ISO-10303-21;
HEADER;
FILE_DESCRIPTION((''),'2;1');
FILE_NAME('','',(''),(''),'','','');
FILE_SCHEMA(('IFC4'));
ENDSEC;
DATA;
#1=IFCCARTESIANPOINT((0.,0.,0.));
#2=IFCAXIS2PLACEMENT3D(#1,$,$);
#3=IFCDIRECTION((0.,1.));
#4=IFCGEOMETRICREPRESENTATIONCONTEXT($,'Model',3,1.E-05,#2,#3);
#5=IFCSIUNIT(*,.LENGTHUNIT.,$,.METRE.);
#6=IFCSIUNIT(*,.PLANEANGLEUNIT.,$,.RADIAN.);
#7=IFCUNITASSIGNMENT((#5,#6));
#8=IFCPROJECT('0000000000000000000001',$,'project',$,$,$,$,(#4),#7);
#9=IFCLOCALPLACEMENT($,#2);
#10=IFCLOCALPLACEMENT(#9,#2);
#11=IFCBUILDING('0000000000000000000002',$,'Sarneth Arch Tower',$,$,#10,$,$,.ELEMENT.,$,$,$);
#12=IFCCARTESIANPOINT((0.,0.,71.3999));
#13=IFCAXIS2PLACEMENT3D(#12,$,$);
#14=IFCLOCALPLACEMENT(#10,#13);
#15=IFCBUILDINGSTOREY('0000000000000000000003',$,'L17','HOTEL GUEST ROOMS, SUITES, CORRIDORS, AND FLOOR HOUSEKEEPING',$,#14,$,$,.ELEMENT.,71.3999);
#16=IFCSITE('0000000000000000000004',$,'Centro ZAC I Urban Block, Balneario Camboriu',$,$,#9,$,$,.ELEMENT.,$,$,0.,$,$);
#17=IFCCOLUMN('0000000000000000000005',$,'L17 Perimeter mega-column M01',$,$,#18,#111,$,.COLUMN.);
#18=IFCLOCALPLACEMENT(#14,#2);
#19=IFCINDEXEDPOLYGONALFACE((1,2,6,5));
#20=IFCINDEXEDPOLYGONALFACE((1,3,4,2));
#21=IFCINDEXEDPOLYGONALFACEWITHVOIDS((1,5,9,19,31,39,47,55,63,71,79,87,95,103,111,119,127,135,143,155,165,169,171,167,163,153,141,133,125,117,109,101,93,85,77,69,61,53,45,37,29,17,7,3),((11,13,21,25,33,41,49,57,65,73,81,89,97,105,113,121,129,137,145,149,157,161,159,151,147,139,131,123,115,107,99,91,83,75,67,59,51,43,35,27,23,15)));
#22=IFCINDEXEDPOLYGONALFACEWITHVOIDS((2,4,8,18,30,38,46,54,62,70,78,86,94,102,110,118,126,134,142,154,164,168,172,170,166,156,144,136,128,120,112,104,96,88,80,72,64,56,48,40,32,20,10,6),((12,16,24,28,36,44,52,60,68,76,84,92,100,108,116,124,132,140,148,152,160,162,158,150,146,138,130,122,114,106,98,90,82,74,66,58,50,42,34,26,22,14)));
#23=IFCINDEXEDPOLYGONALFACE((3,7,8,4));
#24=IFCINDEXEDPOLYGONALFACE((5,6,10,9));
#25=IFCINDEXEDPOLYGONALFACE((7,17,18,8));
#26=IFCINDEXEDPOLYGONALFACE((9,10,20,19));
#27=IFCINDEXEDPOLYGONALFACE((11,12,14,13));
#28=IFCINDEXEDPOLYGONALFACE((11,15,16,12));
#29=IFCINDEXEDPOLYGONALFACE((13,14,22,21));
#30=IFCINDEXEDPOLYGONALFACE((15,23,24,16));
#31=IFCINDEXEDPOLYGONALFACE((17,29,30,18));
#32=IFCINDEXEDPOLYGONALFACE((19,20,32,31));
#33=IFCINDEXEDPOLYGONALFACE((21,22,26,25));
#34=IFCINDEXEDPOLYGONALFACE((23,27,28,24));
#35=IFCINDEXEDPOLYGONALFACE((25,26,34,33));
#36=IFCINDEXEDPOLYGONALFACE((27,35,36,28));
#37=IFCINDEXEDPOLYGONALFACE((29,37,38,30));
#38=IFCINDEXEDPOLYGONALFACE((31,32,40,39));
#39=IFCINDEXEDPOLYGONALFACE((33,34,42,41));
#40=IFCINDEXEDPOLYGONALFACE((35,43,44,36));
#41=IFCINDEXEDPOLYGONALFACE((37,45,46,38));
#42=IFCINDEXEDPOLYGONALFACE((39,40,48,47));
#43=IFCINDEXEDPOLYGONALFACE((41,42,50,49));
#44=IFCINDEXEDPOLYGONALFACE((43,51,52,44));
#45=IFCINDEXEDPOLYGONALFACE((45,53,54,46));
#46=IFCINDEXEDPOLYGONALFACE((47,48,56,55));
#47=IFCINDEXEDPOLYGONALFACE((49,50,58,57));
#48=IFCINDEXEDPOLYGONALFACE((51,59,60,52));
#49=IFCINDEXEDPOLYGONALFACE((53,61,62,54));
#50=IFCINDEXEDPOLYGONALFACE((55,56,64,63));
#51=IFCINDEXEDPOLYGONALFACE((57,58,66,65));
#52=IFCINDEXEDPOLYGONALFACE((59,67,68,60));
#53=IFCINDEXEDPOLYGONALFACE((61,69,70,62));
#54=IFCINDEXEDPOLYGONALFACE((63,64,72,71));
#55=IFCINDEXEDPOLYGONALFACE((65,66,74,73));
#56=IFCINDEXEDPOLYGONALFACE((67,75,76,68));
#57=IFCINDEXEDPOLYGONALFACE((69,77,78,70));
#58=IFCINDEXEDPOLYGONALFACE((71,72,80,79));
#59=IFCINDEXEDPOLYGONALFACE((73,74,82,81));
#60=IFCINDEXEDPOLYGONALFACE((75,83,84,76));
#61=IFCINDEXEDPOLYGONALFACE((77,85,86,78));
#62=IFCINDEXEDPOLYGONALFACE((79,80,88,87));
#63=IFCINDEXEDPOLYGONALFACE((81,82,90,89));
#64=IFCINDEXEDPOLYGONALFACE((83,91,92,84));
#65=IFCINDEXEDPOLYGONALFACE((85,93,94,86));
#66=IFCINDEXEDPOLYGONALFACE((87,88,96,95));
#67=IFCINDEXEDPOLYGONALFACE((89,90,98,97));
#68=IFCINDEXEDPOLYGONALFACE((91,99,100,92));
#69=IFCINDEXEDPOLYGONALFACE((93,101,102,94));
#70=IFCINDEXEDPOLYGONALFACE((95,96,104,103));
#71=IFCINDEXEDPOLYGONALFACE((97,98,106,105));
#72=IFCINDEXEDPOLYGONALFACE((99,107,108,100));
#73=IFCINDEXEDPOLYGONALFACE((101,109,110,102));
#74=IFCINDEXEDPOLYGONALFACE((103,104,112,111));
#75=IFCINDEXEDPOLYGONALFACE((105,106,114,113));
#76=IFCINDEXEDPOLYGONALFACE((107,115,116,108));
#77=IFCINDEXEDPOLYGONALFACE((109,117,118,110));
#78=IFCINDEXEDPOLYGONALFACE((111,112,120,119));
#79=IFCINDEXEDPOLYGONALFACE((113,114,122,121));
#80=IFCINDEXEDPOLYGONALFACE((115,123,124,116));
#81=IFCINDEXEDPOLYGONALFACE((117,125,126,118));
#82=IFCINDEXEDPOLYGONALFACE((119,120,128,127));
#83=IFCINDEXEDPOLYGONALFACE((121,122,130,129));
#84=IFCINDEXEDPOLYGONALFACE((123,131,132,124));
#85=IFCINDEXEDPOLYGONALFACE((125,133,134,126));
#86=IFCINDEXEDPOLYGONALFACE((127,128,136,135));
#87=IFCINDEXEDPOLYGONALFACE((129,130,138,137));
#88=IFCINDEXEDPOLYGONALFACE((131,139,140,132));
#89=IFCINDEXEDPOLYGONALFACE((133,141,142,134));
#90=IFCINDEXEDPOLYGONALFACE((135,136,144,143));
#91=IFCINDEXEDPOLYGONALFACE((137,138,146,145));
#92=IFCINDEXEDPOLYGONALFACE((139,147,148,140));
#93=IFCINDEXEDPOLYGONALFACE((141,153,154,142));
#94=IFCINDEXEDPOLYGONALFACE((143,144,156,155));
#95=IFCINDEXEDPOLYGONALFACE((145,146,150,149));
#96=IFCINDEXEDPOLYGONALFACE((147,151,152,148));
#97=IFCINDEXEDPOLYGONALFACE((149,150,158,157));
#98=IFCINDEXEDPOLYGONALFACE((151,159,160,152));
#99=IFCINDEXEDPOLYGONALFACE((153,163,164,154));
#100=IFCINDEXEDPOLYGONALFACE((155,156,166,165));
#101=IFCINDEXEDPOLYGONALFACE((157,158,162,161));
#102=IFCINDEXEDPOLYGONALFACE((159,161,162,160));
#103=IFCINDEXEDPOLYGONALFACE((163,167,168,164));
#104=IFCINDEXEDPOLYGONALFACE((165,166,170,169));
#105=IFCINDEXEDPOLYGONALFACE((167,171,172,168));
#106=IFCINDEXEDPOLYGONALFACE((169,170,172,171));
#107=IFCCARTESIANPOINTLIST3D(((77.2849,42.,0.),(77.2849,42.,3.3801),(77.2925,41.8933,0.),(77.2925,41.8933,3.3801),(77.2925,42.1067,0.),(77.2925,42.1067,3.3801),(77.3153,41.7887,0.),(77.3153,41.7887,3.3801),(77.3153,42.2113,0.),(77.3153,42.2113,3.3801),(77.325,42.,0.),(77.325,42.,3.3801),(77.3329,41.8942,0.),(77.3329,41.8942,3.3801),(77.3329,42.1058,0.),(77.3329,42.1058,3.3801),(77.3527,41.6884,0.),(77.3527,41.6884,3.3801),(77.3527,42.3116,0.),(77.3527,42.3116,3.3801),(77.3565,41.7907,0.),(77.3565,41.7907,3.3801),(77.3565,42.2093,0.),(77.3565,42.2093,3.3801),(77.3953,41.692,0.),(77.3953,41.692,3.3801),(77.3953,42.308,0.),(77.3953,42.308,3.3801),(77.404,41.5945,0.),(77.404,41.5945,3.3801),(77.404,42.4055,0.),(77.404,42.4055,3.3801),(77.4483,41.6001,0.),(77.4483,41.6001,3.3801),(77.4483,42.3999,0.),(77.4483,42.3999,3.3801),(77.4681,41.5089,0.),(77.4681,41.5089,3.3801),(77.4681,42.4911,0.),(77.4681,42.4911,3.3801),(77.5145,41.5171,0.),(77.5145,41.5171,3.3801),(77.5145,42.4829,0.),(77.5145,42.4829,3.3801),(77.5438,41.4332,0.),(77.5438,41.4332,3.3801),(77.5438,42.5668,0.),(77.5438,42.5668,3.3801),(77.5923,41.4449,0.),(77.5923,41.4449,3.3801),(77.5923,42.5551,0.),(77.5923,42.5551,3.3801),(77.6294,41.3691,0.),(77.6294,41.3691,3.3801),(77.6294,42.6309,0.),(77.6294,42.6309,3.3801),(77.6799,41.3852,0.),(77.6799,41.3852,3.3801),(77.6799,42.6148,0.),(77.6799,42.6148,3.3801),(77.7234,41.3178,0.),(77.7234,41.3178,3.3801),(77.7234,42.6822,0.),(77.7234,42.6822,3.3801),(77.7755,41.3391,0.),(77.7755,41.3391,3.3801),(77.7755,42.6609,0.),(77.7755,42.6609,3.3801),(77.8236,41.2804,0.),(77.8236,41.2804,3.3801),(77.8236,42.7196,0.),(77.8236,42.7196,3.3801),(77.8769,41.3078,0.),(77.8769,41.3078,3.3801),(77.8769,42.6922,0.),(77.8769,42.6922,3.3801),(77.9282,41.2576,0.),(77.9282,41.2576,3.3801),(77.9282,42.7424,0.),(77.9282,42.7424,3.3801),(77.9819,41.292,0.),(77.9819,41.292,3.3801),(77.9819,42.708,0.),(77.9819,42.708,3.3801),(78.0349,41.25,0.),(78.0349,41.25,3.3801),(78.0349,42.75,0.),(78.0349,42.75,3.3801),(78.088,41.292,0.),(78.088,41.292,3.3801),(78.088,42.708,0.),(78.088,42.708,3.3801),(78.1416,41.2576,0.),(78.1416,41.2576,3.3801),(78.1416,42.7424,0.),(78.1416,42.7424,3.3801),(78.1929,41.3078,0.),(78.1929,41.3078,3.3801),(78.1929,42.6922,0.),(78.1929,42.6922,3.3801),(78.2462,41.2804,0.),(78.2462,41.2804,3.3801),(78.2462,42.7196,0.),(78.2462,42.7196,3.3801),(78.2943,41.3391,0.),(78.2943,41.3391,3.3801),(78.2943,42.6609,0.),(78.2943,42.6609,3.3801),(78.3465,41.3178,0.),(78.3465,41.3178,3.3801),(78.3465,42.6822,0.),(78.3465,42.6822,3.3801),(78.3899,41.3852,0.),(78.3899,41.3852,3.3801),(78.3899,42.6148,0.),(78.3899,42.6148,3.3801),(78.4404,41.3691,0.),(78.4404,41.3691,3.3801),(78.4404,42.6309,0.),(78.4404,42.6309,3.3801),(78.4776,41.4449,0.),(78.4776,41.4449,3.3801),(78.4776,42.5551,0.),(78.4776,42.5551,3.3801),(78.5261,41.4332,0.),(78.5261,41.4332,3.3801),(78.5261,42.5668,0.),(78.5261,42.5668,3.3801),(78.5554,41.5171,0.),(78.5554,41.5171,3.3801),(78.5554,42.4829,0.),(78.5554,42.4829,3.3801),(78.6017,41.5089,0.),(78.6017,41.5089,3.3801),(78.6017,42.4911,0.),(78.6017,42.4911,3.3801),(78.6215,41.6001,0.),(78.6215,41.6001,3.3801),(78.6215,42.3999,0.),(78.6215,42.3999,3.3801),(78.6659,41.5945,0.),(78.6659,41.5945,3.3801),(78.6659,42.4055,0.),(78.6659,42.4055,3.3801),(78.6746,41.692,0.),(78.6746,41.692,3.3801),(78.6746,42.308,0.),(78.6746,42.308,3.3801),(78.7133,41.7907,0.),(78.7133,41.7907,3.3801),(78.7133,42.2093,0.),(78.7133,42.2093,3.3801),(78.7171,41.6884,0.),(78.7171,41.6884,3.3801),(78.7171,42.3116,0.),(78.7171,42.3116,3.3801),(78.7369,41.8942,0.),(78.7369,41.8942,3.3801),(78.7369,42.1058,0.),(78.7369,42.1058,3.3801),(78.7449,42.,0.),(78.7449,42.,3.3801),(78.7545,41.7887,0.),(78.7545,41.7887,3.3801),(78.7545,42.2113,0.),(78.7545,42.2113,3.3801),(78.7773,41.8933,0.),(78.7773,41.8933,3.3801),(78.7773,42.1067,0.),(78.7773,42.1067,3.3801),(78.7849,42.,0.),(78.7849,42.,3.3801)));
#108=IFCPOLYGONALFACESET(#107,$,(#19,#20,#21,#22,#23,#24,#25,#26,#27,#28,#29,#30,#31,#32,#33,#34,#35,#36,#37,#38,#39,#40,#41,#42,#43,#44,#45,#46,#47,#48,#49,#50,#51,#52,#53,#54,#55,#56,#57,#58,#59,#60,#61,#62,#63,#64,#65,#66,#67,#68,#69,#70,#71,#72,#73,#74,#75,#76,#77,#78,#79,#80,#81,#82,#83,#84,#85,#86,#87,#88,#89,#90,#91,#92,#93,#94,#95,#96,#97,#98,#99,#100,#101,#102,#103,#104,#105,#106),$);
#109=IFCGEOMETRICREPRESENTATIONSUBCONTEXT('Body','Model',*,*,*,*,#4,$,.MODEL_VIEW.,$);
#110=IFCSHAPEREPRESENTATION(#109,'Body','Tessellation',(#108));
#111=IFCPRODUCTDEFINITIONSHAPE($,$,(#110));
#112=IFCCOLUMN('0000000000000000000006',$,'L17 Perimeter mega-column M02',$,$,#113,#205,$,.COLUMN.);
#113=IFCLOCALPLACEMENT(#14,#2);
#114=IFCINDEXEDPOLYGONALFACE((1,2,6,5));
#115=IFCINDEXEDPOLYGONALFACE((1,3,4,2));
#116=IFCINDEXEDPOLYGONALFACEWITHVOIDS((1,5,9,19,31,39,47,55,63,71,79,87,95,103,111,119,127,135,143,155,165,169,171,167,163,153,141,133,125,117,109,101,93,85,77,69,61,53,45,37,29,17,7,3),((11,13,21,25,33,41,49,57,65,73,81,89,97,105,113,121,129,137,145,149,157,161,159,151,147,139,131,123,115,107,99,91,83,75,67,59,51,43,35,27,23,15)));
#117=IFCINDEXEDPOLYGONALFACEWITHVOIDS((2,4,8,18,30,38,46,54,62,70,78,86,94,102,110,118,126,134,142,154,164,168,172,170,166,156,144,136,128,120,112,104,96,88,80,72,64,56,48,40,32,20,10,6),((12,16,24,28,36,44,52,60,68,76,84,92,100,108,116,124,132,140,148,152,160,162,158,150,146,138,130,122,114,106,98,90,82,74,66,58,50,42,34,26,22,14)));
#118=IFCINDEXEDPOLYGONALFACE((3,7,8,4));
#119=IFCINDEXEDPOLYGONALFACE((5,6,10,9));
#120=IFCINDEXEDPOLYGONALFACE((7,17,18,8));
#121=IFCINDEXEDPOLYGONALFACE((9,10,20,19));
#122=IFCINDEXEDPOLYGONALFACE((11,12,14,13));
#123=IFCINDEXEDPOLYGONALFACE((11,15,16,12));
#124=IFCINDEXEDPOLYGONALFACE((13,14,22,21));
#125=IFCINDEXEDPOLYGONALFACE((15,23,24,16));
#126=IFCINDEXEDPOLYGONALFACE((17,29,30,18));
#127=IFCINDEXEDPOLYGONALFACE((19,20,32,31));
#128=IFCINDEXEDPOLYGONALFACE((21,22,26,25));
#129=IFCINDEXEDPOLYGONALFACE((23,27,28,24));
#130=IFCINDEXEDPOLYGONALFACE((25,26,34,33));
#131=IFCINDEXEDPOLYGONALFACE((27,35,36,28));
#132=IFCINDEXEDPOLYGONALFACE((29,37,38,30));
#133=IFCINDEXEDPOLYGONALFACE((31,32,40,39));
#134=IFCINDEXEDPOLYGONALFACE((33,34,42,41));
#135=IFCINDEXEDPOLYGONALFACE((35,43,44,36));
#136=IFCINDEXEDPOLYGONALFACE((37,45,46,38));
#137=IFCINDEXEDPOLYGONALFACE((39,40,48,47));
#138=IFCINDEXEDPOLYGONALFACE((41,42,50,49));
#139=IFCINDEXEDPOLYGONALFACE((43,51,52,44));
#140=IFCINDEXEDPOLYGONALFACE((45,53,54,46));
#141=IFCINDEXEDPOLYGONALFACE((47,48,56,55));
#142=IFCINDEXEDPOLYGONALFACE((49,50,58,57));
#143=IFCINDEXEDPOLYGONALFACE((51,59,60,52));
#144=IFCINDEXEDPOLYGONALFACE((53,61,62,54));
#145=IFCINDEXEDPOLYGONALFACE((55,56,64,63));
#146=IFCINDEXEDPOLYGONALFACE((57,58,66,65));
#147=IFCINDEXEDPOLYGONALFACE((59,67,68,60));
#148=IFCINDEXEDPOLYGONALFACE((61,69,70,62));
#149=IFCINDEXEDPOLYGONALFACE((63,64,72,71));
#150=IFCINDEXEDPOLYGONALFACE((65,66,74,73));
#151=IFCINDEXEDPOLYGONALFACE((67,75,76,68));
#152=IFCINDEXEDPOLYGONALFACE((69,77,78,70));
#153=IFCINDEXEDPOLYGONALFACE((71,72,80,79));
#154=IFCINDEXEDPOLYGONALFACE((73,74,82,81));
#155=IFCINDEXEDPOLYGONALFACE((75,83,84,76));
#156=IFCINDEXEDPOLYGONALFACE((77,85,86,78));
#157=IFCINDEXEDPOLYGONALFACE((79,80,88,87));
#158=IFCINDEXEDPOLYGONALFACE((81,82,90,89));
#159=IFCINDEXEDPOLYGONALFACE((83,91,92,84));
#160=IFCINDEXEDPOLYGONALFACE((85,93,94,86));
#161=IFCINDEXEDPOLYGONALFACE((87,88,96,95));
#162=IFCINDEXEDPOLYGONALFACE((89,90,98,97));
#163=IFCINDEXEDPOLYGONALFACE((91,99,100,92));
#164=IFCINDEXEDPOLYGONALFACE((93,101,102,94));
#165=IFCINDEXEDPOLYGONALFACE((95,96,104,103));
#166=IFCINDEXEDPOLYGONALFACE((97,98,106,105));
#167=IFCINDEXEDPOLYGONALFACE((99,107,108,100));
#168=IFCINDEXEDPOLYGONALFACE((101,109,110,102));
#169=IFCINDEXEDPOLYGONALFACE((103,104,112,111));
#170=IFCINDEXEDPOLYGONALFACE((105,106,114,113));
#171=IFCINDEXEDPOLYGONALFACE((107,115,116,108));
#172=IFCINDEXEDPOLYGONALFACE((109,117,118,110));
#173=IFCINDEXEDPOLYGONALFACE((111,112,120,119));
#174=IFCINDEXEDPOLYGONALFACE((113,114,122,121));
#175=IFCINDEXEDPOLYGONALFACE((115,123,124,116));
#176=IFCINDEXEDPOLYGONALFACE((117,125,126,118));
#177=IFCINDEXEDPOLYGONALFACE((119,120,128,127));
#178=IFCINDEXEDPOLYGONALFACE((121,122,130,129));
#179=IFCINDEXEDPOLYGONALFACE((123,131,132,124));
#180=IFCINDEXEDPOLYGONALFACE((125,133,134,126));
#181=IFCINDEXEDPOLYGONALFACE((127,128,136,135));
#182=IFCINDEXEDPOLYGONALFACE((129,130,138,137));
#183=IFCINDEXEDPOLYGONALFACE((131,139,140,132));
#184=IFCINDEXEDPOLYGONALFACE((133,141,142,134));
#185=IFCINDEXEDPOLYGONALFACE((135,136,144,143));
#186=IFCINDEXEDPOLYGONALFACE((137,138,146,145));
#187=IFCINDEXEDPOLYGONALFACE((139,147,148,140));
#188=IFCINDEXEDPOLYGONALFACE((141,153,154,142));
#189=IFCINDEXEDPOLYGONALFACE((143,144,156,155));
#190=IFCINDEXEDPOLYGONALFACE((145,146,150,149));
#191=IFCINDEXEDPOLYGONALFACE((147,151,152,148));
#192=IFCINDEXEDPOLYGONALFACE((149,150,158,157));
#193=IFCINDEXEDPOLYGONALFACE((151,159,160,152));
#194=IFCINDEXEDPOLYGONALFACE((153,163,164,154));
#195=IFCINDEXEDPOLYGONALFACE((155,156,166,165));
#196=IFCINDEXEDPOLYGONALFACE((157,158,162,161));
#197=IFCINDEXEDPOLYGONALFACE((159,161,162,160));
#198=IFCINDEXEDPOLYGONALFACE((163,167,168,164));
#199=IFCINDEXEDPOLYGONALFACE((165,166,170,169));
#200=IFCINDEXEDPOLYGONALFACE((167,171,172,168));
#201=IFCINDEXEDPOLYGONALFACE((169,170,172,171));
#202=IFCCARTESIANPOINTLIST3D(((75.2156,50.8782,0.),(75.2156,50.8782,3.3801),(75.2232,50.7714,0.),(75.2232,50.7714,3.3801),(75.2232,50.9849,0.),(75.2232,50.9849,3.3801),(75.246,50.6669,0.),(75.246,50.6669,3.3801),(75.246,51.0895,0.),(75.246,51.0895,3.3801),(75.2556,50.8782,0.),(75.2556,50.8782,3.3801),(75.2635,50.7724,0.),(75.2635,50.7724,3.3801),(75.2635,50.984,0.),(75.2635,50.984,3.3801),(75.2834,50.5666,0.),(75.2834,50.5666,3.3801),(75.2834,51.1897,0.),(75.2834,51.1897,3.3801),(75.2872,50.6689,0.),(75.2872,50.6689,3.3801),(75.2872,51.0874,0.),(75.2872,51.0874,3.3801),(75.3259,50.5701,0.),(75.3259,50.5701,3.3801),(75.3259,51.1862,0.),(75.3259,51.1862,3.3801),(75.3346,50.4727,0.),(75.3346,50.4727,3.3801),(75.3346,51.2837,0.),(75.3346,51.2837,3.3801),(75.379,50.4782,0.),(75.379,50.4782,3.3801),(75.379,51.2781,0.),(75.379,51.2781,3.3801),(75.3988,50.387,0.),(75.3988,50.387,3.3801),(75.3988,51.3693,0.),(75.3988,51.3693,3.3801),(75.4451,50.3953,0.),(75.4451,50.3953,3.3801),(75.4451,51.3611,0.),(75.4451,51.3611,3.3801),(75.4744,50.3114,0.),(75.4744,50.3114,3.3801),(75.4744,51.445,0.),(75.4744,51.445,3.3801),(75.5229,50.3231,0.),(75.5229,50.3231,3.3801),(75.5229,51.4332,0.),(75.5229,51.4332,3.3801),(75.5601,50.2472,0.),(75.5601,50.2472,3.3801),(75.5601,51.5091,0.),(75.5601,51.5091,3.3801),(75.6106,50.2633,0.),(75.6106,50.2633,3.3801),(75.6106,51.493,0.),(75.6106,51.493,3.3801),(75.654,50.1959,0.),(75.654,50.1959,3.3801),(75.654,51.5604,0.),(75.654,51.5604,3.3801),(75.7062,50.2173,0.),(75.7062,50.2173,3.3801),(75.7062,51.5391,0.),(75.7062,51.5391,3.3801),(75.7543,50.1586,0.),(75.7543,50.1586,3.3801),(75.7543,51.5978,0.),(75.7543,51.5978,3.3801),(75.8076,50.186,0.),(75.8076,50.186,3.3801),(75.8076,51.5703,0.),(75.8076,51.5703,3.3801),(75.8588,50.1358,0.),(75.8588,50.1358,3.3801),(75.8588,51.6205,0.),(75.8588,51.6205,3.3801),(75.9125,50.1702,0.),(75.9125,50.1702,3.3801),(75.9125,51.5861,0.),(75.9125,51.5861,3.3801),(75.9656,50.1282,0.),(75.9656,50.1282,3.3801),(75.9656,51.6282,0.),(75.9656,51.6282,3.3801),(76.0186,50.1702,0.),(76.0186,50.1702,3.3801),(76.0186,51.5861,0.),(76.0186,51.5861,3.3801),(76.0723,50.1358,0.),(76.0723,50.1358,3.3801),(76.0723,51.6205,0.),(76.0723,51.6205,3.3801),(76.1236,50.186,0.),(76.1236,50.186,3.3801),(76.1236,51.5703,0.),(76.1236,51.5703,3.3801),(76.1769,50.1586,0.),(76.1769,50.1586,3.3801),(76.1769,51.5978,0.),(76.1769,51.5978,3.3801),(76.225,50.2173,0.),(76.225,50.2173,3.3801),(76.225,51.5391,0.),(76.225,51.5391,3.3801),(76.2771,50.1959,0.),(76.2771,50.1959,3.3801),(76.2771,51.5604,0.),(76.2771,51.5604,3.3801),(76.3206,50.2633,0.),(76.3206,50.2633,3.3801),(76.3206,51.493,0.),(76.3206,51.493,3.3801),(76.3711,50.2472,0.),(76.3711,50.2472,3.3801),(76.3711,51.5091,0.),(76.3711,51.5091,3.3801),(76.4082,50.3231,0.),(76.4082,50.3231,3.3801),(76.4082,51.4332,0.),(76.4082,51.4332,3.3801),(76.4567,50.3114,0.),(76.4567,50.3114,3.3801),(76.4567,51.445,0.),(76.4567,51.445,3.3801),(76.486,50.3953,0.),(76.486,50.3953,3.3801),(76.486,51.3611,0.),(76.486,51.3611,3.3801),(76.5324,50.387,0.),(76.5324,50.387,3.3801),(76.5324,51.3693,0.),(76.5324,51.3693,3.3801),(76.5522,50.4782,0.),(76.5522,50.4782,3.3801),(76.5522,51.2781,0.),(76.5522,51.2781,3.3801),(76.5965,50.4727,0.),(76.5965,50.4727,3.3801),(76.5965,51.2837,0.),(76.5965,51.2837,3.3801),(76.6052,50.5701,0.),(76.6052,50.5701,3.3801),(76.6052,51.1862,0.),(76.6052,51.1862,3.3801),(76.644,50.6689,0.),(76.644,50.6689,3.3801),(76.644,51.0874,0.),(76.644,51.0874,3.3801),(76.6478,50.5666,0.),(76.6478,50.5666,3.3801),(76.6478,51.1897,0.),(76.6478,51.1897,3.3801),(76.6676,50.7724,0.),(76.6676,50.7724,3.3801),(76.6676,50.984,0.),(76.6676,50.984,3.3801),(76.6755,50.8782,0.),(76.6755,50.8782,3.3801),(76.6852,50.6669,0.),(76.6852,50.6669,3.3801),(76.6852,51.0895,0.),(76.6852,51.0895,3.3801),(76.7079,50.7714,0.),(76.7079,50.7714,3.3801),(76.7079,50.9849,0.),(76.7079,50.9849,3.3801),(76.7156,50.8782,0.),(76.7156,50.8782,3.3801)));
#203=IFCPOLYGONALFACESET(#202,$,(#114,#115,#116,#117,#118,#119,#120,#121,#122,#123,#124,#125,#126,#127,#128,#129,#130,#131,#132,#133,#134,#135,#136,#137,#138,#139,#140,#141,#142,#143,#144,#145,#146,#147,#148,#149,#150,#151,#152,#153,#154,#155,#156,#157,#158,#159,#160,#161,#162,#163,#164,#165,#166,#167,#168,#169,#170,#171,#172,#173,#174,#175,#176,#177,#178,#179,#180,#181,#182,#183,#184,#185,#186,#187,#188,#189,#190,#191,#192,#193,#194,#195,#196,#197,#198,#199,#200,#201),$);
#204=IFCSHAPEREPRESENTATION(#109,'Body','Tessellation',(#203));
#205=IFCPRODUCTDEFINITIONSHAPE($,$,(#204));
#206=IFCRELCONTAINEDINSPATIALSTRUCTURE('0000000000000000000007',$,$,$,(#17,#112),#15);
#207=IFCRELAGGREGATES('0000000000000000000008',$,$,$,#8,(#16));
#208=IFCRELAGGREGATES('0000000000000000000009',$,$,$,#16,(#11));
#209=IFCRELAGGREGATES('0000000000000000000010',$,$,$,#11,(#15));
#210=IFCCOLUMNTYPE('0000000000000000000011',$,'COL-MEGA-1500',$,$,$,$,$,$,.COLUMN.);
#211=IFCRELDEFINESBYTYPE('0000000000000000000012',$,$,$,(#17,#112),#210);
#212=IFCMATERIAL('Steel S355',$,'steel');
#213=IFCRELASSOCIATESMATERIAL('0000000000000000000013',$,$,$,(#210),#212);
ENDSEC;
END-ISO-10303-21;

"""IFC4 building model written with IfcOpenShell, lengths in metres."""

from ifc_helpers import new_model, si_unit, direction, frame, origin, origin_2d, place, context, subcontext, project, spatial, hollow_circle, extrude, material, material_profile, profile_set, type_object, element, save


model = new_model("IFC4")

# Units and contexts
model_context = context("Model", 3, precision=1e-05, world=origin(), true_north=direction((0.0, 1.0)))
body_context = subcontext(model_context, "Body", "Model", "MODEL_VIEW")
ifc_project = project(units=[si_unit("LENGTHUNIT", "METRE"), si_unit("PLANEANGLEUNIT", "RADIAN")], contexts=[model_context])

# Site, building, storey
site_placement = place(None, origin())
site = spatial("IfcSite", under=ifc_project, at=site_placement, Name="Centro ZAC I Urban Block, Balneario Camboriu", CompositionType="ELEMENT", RefElevation=0.0)
building_placement = place(site_placement, origin())
building = spatial("IfcBuilding", under=site, at=building_placement, Name="Sarneth Arch Tower", CompositionType="ELEMENT")
storey_placement = place(building_placement, frame((0.0, 0.0, 71.3999)))
storey = spatial("IfcBuildingStorey", under=building, at=storey_placement, Name="L17", Description="HOTEL GUEST ROOMS, SUITES, CORRIDORS, AND FLOOR HOUSEKEEPING", CompositionType="ELEMENT", Elevation=71.3999)

# Columns
ifc_material_1 = material(Name="Steel S355", Category="steel")
ifc_material_profile_1 = material_profile(ifc_material_1, hollow_circle(Radius=0.75, WallThickness=0.04, at=origin_2d()), Name="CHS1500x40")
ifc_profile_set_1 = profile_set([ifc_material_profile_1], Name="Steel S355")
column_type = type_object("IfcColumnType", Name="COL-MEGA-1500", PredefinedType="COLUMN", material=ifc_profile_set_1)
for number, where, z_axis, x_axis, name in (
    (1, (78.0349, 42.0, 0.0), (0.0, 0.0, 1.0), (1.0, 0.0, 0.0), "L17 Perimeter mega-column M01"),
    (2, (75.9656, 50.8782, 0.0), (0.0, 0.0, 1.0), (1.0, 0.0, 0.0), "L17 Perimeter mega-column M02"),
):
    element("IfcColumn", number, at=place(storey_placement, frame(where, z_axis=z_axis, x_axis=x_axis)), inside=storey, type_object=column_type, Name=name, PredefinedType="COLUMN", context=body_context, shape_type="SweptSolid", body=[
        extrude(hollow_circle(Radius=0.75, WallThickness=0.04, at=origin_2d()), origin(), (0.0, 0.0, 1.0), 3.3801),
    ])

save(model, "model.ifc")
